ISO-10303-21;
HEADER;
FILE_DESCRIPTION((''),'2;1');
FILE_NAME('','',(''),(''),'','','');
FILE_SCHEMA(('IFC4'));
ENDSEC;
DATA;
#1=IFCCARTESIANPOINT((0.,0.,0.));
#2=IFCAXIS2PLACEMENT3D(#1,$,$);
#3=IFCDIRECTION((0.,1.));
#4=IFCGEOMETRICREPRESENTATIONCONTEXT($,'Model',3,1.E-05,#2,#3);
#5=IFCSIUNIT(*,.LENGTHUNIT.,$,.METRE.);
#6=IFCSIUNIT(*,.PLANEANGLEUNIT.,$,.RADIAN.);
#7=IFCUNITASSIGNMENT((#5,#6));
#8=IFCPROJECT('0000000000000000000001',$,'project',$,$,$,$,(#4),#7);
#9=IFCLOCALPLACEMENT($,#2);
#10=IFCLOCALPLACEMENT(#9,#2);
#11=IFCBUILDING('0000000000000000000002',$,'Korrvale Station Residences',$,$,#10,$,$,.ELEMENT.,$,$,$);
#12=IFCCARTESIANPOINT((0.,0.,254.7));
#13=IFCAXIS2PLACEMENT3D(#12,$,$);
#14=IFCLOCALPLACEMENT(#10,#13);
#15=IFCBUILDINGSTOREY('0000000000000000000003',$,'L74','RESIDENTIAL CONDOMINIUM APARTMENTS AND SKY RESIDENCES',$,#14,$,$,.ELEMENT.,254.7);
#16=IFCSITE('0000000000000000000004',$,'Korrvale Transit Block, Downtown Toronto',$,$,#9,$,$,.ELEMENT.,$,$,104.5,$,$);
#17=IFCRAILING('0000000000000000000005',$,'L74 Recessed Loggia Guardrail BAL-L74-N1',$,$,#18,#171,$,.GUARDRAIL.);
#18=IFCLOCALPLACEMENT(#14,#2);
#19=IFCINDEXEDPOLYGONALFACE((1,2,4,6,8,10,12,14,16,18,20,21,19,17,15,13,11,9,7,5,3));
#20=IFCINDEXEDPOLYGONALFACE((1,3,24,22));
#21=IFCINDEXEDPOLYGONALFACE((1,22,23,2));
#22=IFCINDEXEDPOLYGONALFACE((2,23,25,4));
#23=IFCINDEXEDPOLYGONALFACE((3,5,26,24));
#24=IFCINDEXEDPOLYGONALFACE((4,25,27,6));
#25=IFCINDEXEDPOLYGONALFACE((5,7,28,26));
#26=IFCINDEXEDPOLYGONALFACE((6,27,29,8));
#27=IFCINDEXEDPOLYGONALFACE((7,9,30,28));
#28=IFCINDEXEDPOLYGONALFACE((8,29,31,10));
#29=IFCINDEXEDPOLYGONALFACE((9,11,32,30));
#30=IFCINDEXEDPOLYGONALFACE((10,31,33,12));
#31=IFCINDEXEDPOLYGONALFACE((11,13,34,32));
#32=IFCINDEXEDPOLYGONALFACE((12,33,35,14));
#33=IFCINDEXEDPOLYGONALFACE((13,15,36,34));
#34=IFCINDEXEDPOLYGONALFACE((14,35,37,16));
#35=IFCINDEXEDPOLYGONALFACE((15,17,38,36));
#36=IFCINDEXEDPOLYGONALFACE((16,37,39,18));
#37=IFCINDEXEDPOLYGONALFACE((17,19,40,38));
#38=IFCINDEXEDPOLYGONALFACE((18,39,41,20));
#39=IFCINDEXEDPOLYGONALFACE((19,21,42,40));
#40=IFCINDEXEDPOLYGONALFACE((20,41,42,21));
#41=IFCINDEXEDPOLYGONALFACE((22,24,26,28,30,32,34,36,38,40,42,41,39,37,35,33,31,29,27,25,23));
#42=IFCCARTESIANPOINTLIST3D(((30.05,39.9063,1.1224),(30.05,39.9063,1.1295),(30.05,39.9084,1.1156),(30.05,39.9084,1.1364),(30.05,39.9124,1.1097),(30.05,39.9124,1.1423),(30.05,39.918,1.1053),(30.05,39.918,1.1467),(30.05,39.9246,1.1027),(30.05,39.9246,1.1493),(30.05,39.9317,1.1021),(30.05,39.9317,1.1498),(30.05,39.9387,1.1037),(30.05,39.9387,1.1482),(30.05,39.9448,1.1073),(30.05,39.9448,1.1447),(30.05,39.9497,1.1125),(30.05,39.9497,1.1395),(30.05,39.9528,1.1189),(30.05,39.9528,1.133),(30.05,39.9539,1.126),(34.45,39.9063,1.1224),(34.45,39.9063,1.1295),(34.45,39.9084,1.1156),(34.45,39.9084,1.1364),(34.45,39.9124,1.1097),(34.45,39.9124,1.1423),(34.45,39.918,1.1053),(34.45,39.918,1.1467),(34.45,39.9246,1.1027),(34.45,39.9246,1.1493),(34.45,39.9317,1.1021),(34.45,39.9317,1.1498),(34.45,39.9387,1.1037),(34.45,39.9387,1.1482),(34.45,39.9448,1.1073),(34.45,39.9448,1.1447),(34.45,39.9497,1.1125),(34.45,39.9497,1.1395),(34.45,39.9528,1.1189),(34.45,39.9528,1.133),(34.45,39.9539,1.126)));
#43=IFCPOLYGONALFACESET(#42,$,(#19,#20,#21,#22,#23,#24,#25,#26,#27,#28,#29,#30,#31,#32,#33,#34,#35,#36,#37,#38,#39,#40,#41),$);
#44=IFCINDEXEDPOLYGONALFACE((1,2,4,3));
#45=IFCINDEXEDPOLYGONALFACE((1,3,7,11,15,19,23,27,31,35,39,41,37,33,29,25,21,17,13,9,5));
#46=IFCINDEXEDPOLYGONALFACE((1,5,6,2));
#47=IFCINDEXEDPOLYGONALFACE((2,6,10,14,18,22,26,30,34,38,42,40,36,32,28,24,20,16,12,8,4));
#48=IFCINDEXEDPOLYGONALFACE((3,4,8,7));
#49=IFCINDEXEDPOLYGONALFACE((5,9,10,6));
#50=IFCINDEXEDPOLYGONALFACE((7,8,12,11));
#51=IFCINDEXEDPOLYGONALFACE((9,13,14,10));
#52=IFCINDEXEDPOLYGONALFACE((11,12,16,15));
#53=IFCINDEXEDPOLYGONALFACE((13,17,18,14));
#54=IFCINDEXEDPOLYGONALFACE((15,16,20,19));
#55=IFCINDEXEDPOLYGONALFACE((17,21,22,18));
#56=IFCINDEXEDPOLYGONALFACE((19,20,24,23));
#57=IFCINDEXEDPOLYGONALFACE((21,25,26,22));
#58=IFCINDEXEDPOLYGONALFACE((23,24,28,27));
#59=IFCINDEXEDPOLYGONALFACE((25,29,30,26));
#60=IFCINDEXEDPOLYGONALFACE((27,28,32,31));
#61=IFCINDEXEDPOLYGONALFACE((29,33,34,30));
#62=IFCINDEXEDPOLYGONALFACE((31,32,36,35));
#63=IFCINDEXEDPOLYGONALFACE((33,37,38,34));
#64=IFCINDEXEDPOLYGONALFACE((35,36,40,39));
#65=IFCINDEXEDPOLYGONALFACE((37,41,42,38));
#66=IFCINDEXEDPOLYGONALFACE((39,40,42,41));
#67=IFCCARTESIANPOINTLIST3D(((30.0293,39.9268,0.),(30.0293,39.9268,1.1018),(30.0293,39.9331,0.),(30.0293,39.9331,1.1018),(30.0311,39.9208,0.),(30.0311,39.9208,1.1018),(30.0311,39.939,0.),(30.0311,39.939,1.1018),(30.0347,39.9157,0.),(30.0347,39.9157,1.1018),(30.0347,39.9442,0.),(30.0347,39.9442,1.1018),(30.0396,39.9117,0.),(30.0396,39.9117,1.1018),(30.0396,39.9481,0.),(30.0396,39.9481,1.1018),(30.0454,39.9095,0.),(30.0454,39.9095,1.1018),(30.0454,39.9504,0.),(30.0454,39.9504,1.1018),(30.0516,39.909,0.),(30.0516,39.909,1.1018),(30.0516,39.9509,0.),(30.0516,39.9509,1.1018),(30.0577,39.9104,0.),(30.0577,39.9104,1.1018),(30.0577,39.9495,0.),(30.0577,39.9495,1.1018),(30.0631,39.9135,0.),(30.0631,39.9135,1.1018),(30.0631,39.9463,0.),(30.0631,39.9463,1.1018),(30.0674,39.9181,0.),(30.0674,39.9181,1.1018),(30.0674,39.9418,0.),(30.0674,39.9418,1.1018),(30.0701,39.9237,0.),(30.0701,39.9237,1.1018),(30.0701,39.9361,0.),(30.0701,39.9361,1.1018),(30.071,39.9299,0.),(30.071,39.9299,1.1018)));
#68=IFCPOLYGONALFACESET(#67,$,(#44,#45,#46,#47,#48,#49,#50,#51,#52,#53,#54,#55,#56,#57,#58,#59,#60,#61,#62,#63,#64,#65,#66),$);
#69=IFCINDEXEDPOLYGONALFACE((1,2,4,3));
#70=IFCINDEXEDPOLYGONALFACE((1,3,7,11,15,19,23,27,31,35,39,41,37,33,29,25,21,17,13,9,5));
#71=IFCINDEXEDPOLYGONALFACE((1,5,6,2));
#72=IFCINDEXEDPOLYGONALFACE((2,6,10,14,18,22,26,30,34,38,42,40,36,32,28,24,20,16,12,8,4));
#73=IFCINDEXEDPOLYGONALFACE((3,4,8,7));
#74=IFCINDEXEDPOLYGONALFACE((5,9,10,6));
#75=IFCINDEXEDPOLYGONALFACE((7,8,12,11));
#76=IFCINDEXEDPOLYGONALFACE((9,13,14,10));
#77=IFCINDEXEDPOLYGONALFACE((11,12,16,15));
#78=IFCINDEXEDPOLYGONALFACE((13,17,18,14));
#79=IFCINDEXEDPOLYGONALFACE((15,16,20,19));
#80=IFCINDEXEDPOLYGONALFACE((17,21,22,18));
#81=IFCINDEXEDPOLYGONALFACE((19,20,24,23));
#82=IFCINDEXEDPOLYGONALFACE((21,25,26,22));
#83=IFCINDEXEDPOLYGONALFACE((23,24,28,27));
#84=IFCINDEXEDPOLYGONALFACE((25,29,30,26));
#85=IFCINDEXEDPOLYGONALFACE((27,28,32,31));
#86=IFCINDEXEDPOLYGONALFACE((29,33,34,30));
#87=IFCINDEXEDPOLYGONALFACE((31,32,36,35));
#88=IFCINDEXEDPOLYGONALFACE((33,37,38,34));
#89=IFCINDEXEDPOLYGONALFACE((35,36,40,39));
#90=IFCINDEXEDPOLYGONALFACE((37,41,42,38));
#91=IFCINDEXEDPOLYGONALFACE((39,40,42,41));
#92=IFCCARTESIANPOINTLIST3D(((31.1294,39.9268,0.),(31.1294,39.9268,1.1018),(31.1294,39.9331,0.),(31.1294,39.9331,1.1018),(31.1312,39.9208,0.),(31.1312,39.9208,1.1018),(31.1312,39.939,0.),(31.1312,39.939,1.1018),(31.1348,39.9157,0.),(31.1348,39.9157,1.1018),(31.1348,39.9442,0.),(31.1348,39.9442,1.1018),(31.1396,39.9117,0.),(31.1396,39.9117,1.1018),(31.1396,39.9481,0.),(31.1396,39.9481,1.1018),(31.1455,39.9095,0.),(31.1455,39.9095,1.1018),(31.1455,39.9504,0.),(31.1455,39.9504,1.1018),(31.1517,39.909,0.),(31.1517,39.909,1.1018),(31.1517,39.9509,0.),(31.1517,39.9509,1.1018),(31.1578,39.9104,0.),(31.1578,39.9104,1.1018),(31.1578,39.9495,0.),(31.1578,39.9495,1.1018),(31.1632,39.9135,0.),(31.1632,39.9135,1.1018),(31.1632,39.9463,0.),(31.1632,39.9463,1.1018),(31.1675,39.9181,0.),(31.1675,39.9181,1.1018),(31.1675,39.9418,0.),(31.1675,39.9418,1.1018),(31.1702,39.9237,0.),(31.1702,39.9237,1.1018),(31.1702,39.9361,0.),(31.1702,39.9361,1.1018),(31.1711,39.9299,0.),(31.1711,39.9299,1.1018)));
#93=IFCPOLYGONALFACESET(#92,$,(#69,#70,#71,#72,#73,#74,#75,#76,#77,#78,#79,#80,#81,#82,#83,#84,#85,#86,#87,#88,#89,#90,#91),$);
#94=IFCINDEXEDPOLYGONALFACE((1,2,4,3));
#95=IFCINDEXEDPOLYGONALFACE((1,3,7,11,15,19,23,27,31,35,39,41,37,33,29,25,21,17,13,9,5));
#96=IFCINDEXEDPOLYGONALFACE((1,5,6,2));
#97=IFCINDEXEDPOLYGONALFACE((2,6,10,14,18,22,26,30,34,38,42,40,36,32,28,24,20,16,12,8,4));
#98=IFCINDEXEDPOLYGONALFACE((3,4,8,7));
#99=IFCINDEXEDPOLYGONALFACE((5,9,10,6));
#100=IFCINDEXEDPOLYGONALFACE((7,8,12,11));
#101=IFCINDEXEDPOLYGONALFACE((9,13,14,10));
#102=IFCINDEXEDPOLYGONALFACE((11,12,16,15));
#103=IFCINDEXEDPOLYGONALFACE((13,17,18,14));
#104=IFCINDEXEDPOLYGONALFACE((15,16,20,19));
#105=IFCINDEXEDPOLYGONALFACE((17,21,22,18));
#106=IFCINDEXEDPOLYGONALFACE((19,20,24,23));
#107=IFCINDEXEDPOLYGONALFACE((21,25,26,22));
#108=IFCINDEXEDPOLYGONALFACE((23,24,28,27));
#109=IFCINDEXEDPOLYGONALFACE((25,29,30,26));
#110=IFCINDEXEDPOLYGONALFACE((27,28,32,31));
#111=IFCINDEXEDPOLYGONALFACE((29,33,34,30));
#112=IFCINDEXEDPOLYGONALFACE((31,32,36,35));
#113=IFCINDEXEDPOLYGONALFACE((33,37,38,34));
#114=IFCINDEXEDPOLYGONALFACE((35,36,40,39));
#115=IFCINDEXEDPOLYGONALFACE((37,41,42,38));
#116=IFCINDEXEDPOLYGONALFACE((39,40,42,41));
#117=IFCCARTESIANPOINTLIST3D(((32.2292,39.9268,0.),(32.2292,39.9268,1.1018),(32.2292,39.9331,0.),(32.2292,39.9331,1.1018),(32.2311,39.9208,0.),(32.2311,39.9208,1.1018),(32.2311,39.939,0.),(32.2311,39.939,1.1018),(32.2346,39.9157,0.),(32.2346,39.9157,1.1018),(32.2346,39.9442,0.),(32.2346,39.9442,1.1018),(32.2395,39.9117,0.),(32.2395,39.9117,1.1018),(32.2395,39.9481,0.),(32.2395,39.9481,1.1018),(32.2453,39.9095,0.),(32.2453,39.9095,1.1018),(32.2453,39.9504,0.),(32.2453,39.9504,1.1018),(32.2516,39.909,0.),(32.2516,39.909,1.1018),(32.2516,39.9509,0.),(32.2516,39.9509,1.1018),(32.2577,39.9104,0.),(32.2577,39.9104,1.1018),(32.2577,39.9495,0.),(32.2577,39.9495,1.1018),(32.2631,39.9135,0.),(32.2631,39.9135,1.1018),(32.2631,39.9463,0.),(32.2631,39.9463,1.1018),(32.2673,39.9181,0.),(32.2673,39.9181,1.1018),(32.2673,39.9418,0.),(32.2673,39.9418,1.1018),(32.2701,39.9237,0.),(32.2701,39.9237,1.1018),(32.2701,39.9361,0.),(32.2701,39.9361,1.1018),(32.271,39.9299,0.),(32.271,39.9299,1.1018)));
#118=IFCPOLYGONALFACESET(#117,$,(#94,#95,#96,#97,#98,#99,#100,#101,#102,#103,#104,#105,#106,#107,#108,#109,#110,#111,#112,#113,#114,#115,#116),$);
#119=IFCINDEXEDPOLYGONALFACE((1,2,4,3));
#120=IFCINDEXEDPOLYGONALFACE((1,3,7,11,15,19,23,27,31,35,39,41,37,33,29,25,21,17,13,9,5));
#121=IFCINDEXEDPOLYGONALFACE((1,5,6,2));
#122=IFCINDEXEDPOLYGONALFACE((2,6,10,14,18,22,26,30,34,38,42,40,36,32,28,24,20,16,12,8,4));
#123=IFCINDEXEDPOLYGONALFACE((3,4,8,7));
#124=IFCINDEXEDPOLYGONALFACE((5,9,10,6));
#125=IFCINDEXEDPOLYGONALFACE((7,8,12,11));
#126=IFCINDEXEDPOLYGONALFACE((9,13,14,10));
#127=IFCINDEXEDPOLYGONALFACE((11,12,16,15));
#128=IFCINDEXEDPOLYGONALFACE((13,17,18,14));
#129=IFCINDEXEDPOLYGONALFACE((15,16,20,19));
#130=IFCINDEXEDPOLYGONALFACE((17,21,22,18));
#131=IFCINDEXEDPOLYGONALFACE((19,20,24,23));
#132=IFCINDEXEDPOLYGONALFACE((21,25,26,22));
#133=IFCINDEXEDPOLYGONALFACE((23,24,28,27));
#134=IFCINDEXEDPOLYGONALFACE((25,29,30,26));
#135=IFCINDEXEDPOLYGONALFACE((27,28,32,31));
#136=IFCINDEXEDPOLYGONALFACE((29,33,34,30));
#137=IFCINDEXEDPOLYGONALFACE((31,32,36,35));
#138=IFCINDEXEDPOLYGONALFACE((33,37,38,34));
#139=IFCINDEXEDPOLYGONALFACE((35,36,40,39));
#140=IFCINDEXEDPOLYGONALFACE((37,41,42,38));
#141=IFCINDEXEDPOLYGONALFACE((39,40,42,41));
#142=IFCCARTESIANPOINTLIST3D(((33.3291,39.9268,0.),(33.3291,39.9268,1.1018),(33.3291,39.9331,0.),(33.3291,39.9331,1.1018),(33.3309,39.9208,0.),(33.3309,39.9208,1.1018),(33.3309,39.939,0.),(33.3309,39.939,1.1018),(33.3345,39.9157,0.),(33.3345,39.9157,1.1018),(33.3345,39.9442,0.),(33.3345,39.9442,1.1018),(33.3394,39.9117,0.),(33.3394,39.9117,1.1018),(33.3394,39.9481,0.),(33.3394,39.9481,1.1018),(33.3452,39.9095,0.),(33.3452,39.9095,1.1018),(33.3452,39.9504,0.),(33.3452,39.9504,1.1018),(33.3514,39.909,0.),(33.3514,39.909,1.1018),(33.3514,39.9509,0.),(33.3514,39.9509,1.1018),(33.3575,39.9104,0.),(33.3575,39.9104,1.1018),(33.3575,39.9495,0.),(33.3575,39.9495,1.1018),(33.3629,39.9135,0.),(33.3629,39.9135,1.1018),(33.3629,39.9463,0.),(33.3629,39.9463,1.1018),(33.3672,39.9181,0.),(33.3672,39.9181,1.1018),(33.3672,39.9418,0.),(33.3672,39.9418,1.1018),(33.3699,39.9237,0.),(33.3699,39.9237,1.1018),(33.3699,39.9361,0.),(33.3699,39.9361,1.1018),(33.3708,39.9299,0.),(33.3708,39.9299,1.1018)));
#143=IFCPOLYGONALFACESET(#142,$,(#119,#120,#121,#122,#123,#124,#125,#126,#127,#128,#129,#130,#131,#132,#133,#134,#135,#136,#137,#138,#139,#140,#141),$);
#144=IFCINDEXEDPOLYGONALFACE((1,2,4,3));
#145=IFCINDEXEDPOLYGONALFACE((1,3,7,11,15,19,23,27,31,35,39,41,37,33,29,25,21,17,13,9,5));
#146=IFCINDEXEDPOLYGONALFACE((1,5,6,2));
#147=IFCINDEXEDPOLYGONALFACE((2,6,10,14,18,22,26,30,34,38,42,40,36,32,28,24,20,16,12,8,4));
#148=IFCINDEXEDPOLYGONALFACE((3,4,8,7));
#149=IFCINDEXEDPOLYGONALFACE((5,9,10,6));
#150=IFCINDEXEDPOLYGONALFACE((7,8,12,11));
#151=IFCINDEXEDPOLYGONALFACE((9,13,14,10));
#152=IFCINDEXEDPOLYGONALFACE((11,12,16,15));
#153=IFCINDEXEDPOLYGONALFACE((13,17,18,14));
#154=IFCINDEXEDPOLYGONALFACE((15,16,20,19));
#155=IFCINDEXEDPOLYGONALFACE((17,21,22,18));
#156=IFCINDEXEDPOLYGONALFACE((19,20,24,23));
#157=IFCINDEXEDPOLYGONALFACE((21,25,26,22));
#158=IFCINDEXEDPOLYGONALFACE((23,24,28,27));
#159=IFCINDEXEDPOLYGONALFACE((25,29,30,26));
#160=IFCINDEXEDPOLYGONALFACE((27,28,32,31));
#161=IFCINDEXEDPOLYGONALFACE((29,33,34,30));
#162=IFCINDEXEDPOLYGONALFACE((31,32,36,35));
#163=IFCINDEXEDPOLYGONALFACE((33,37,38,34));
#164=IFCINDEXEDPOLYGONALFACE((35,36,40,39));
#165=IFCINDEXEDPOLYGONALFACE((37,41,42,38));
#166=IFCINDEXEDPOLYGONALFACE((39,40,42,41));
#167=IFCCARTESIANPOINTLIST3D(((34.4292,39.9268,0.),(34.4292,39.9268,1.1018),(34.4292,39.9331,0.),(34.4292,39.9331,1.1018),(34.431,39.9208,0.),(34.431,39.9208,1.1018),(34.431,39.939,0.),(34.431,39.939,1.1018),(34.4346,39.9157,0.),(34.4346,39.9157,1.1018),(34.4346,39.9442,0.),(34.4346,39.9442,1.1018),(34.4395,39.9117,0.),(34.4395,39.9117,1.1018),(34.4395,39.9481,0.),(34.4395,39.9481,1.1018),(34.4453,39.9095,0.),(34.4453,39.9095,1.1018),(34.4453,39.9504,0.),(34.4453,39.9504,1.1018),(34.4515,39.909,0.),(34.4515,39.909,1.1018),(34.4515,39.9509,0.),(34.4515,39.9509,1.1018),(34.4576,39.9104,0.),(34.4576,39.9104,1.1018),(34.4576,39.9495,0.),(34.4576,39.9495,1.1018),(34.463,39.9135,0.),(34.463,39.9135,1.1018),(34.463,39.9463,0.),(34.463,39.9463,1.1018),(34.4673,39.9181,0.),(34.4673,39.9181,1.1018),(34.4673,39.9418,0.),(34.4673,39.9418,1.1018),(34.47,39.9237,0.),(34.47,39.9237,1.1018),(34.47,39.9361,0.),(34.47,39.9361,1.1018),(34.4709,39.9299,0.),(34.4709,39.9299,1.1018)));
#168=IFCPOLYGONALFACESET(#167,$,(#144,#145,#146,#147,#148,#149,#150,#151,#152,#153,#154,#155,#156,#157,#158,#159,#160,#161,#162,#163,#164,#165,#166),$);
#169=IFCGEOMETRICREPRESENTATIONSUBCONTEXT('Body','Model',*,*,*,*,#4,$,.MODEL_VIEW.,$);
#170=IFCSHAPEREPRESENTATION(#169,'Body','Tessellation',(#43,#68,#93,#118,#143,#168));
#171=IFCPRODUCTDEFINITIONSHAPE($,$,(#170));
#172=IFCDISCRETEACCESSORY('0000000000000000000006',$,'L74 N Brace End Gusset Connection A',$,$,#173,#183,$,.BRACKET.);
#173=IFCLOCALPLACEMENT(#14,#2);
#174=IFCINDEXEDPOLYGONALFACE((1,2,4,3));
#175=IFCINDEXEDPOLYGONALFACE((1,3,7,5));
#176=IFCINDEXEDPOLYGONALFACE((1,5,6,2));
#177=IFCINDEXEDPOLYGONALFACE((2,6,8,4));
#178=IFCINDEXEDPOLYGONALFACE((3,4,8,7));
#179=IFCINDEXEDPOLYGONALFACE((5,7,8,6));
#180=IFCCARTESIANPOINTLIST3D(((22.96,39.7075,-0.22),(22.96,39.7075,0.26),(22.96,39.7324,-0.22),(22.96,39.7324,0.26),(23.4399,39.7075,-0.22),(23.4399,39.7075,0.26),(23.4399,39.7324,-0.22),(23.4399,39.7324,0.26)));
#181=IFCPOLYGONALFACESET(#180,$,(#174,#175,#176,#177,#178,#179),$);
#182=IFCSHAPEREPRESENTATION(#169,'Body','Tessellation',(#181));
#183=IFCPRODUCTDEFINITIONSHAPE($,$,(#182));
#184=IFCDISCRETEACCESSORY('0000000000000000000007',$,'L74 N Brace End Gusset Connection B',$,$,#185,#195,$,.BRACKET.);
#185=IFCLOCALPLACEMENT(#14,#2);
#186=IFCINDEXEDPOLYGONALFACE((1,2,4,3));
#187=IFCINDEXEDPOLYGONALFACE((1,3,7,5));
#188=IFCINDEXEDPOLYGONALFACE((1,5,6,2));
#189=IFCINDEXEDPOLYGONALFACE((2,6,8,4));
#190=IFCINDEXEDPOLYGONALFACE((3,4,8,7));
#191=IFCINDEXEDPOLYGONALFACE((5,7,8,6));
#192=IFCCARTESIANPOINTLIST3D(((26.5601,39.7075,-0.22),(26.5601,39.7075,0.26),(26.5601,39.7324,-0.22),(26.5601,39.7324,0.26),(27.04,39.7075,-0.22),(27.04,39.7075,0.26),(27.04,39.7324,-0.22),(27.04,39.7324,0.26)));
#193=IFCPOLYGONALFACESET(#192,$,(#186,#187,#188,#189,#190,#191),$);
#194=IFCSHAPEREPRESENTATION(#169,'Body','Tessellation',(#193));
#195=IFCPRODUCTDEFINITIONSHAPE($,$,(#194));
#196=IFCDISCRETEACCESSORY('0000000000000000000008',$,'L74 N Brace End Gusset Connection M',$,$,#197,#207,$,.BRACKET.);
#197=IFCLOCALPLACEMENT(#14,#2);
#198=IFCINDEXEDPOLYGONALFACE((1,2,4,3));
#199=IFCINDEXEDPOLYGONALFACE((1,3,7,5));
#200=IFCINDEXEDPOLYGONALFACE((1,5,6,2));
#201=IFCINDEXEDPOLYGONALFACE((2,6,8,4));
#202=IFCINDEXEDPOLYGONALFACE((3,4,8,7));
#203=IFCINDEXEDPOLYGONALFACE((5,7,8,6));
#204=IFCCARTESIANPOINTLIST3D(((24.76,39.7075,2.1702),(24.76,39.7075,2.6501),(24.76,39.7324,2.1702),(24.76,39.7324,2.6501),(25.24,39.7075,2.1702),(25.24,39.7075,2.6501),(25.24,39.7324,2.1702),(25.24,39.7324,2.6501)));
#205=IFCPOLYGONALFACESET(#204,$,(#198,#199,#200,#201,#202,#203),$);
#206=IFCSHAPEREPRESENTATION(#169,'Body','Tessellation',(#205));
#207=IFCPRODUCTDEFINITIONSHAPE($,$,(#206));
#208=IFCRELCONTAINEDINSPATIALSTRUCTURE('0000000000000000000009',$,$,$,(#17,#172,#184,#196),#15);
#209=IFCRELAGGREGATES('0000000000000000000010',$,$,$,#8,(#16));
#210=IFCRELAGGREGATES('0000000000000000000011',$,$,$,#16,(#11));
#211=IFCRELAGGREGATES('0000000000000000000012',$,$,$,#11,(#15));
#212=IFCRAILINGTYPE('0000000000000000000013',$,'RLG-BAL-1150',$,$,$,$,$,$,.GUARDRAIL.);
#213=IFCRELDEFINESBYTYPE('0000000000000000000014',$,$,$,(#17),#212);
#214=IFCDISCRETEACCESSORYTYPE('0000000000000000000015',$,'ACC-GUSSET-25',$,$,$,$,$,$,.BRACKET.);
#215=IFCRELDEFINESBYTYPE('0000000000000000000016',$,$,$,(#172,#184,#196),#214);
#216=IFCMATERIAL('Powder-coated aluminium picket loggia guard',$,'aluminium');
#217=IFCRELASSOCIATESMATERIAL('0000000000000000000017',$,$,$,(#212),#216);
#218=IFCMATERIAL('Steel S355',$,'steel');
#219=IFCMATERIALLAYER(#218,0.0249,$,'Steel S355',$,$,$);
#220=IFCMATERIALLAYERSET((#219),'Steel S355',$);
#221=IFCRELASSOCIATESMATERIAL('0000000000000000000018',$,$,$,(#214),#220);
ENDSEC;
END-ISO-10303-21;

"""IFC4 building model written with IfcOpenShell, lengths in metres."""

from ifc_helpers import new_model, si_unit, direction, frame, origin, origin_2d, place, context, subcontext, project, spatial, rectangle, circle, extrude, material, layer, layer_set, type_object, element, save


model = new_model("IFC4")

# Units and contexts
model_context = context("Model", 3, precision=1e-05, world=origin(), true_north=direction((0.0, 1.0)))
body_context = subcontext(model_context, "Body", "Model", "MODEL_VIEW")
ifc_project = project(units=[si_unit("LENGTHUNIT", "METRE"), si_unit("PLANEANGLEUNIT", "RADIAN")], contexts=[model_context])

# Site, building, storey
site_placement = place(None, origin())
site = spatial("IfcSite", under=ifc_project, at=site_placement, Name="Korrvale Transit Block, Downtown Toronto", CompositionType="ELEMENT", RefElevation=104.5)
building_placement = place(site_placement, origin())
building = spatial("IfcBuilding", under=site, at=building_placement, Name="Korrvale Station Residences", CompositionType="ELEMENT")
storey_placement = place(building_placement, frame((0.0, 0.0, 254.7)))
storey = spatial("IfcBuildingStorey", under=building, at=storey_placement, Name="L74", Description="RESIDENTIAL CONDOMINIUM APARTMENTS AND SKY RESIDENCES", CompositionType="ELEMENT", Elevation=254.7)

# Shared definitions
ifc_material_1 = material(Name="Steel S355", Category="steel")

# Railing
ifc_material_2 = material(Name="Powder-coated aluminium picket loggia guard", Category="aluminium")
railing_type = type_object("IfcRailingType", Name="RLG-BAL-1150", PredefinedType="GUARDRAIL", material=ifc_material_2)
railing_placement = place(storey_placement, frame((30.05, 39.9299, 0.0)))
element("IfcRailing", 1, at=railing_placement, inside=storey, type_object=railing_type, Name="L74 Recessed Loggia Guardrail BAL-L74-N1", PredefinedType="GUARDRAIL", context=body_context, shape_type="SweptSolid", body=[
    extrude(circle(Radius=0.0239, at=origin_2d()), frame((0.0, 0.0, 1.126), z_axis=(1.0, 0.0, 0.0), x_axis=(0.0, 1.0, 0.0)), (0.0, 0.0, 1.0), 4.3999),
    extrude(circle(Radius=0.021, at=origin_2d()), origin(), (0.0, 0.0, 1.0), 1.1018),
    extrude(circle(Radius=0.021, at=origin_2d()), frame((1.1001, 0.0, 0.0)), (0.0, 0.0, 1.0), 1.1018),
    extrude(circle(Radius=0.021, at=origin_2d()), frame((2.2, 0.0, 0.0)), (0.0, 0.0, 1.0), 1.1018),
    extrude(circle(Radius=0.021, at=origin_2d()), frame((3.2998, 0.0, 0.0)), (0.0, 0.0, 1.0), 1.1018),
    extrude(circle(Radius=0.021, at=origin_2d()), frame((4.3999, 0.0, 0.0)), (0.0, 0.0, 1.0), 1.1018),
])

# Discrete accessories
ifc_layer_1 = layer(ifc_material_1, 0.0249, Name="Steel S355")
ifc_layer_set_1 = layer_set([ifc_layer_1], Name="Steel S355")
discrete_accessory_type = type_object("IfcDiscreteAccessoryType", Name="ACC-GUSSET-25", PredefinedType="BRACKET", material=ifc_layer_set_1)
for number, where, z_axis, x_axis, name in (
    (2, (23.2, 39.72, -0.22), (0.0, 0.0, 1.0), (1.0, 0.0, 0.0), "L74 N Brace End Gusset Connection A"),
    (3, (26.8, 39.72, -0.22), (0.0, 0.0, 1.0), (1.0, 0.0, 0.0), "L74 N Brace End Gusset Connection B"),
    (4, (25.0, 39.72, 2.1702), (0.0, 0.0, 1.0), (1.0, 0.0, 0.0), "L74 N Brace End Gusset Connection M"),
):
    element("IfcDiscreteAccessory", number, at=place(storey_placement, frame(where, z_axis=z_axis, x_axis=x_axis)), inside=storey, type_object=discrete_accessory_type, Name=name, PredefinedType="BRACKET", context=body_context, shape_type="SweptSolid", body=[
        extrude(rectangle(XDim=0.48, YDim=0.0249, at=origin_2d()), origin(), (0.0, 0.0, 1.0), 0.48),
    ])

save(model, "model.ifc")
